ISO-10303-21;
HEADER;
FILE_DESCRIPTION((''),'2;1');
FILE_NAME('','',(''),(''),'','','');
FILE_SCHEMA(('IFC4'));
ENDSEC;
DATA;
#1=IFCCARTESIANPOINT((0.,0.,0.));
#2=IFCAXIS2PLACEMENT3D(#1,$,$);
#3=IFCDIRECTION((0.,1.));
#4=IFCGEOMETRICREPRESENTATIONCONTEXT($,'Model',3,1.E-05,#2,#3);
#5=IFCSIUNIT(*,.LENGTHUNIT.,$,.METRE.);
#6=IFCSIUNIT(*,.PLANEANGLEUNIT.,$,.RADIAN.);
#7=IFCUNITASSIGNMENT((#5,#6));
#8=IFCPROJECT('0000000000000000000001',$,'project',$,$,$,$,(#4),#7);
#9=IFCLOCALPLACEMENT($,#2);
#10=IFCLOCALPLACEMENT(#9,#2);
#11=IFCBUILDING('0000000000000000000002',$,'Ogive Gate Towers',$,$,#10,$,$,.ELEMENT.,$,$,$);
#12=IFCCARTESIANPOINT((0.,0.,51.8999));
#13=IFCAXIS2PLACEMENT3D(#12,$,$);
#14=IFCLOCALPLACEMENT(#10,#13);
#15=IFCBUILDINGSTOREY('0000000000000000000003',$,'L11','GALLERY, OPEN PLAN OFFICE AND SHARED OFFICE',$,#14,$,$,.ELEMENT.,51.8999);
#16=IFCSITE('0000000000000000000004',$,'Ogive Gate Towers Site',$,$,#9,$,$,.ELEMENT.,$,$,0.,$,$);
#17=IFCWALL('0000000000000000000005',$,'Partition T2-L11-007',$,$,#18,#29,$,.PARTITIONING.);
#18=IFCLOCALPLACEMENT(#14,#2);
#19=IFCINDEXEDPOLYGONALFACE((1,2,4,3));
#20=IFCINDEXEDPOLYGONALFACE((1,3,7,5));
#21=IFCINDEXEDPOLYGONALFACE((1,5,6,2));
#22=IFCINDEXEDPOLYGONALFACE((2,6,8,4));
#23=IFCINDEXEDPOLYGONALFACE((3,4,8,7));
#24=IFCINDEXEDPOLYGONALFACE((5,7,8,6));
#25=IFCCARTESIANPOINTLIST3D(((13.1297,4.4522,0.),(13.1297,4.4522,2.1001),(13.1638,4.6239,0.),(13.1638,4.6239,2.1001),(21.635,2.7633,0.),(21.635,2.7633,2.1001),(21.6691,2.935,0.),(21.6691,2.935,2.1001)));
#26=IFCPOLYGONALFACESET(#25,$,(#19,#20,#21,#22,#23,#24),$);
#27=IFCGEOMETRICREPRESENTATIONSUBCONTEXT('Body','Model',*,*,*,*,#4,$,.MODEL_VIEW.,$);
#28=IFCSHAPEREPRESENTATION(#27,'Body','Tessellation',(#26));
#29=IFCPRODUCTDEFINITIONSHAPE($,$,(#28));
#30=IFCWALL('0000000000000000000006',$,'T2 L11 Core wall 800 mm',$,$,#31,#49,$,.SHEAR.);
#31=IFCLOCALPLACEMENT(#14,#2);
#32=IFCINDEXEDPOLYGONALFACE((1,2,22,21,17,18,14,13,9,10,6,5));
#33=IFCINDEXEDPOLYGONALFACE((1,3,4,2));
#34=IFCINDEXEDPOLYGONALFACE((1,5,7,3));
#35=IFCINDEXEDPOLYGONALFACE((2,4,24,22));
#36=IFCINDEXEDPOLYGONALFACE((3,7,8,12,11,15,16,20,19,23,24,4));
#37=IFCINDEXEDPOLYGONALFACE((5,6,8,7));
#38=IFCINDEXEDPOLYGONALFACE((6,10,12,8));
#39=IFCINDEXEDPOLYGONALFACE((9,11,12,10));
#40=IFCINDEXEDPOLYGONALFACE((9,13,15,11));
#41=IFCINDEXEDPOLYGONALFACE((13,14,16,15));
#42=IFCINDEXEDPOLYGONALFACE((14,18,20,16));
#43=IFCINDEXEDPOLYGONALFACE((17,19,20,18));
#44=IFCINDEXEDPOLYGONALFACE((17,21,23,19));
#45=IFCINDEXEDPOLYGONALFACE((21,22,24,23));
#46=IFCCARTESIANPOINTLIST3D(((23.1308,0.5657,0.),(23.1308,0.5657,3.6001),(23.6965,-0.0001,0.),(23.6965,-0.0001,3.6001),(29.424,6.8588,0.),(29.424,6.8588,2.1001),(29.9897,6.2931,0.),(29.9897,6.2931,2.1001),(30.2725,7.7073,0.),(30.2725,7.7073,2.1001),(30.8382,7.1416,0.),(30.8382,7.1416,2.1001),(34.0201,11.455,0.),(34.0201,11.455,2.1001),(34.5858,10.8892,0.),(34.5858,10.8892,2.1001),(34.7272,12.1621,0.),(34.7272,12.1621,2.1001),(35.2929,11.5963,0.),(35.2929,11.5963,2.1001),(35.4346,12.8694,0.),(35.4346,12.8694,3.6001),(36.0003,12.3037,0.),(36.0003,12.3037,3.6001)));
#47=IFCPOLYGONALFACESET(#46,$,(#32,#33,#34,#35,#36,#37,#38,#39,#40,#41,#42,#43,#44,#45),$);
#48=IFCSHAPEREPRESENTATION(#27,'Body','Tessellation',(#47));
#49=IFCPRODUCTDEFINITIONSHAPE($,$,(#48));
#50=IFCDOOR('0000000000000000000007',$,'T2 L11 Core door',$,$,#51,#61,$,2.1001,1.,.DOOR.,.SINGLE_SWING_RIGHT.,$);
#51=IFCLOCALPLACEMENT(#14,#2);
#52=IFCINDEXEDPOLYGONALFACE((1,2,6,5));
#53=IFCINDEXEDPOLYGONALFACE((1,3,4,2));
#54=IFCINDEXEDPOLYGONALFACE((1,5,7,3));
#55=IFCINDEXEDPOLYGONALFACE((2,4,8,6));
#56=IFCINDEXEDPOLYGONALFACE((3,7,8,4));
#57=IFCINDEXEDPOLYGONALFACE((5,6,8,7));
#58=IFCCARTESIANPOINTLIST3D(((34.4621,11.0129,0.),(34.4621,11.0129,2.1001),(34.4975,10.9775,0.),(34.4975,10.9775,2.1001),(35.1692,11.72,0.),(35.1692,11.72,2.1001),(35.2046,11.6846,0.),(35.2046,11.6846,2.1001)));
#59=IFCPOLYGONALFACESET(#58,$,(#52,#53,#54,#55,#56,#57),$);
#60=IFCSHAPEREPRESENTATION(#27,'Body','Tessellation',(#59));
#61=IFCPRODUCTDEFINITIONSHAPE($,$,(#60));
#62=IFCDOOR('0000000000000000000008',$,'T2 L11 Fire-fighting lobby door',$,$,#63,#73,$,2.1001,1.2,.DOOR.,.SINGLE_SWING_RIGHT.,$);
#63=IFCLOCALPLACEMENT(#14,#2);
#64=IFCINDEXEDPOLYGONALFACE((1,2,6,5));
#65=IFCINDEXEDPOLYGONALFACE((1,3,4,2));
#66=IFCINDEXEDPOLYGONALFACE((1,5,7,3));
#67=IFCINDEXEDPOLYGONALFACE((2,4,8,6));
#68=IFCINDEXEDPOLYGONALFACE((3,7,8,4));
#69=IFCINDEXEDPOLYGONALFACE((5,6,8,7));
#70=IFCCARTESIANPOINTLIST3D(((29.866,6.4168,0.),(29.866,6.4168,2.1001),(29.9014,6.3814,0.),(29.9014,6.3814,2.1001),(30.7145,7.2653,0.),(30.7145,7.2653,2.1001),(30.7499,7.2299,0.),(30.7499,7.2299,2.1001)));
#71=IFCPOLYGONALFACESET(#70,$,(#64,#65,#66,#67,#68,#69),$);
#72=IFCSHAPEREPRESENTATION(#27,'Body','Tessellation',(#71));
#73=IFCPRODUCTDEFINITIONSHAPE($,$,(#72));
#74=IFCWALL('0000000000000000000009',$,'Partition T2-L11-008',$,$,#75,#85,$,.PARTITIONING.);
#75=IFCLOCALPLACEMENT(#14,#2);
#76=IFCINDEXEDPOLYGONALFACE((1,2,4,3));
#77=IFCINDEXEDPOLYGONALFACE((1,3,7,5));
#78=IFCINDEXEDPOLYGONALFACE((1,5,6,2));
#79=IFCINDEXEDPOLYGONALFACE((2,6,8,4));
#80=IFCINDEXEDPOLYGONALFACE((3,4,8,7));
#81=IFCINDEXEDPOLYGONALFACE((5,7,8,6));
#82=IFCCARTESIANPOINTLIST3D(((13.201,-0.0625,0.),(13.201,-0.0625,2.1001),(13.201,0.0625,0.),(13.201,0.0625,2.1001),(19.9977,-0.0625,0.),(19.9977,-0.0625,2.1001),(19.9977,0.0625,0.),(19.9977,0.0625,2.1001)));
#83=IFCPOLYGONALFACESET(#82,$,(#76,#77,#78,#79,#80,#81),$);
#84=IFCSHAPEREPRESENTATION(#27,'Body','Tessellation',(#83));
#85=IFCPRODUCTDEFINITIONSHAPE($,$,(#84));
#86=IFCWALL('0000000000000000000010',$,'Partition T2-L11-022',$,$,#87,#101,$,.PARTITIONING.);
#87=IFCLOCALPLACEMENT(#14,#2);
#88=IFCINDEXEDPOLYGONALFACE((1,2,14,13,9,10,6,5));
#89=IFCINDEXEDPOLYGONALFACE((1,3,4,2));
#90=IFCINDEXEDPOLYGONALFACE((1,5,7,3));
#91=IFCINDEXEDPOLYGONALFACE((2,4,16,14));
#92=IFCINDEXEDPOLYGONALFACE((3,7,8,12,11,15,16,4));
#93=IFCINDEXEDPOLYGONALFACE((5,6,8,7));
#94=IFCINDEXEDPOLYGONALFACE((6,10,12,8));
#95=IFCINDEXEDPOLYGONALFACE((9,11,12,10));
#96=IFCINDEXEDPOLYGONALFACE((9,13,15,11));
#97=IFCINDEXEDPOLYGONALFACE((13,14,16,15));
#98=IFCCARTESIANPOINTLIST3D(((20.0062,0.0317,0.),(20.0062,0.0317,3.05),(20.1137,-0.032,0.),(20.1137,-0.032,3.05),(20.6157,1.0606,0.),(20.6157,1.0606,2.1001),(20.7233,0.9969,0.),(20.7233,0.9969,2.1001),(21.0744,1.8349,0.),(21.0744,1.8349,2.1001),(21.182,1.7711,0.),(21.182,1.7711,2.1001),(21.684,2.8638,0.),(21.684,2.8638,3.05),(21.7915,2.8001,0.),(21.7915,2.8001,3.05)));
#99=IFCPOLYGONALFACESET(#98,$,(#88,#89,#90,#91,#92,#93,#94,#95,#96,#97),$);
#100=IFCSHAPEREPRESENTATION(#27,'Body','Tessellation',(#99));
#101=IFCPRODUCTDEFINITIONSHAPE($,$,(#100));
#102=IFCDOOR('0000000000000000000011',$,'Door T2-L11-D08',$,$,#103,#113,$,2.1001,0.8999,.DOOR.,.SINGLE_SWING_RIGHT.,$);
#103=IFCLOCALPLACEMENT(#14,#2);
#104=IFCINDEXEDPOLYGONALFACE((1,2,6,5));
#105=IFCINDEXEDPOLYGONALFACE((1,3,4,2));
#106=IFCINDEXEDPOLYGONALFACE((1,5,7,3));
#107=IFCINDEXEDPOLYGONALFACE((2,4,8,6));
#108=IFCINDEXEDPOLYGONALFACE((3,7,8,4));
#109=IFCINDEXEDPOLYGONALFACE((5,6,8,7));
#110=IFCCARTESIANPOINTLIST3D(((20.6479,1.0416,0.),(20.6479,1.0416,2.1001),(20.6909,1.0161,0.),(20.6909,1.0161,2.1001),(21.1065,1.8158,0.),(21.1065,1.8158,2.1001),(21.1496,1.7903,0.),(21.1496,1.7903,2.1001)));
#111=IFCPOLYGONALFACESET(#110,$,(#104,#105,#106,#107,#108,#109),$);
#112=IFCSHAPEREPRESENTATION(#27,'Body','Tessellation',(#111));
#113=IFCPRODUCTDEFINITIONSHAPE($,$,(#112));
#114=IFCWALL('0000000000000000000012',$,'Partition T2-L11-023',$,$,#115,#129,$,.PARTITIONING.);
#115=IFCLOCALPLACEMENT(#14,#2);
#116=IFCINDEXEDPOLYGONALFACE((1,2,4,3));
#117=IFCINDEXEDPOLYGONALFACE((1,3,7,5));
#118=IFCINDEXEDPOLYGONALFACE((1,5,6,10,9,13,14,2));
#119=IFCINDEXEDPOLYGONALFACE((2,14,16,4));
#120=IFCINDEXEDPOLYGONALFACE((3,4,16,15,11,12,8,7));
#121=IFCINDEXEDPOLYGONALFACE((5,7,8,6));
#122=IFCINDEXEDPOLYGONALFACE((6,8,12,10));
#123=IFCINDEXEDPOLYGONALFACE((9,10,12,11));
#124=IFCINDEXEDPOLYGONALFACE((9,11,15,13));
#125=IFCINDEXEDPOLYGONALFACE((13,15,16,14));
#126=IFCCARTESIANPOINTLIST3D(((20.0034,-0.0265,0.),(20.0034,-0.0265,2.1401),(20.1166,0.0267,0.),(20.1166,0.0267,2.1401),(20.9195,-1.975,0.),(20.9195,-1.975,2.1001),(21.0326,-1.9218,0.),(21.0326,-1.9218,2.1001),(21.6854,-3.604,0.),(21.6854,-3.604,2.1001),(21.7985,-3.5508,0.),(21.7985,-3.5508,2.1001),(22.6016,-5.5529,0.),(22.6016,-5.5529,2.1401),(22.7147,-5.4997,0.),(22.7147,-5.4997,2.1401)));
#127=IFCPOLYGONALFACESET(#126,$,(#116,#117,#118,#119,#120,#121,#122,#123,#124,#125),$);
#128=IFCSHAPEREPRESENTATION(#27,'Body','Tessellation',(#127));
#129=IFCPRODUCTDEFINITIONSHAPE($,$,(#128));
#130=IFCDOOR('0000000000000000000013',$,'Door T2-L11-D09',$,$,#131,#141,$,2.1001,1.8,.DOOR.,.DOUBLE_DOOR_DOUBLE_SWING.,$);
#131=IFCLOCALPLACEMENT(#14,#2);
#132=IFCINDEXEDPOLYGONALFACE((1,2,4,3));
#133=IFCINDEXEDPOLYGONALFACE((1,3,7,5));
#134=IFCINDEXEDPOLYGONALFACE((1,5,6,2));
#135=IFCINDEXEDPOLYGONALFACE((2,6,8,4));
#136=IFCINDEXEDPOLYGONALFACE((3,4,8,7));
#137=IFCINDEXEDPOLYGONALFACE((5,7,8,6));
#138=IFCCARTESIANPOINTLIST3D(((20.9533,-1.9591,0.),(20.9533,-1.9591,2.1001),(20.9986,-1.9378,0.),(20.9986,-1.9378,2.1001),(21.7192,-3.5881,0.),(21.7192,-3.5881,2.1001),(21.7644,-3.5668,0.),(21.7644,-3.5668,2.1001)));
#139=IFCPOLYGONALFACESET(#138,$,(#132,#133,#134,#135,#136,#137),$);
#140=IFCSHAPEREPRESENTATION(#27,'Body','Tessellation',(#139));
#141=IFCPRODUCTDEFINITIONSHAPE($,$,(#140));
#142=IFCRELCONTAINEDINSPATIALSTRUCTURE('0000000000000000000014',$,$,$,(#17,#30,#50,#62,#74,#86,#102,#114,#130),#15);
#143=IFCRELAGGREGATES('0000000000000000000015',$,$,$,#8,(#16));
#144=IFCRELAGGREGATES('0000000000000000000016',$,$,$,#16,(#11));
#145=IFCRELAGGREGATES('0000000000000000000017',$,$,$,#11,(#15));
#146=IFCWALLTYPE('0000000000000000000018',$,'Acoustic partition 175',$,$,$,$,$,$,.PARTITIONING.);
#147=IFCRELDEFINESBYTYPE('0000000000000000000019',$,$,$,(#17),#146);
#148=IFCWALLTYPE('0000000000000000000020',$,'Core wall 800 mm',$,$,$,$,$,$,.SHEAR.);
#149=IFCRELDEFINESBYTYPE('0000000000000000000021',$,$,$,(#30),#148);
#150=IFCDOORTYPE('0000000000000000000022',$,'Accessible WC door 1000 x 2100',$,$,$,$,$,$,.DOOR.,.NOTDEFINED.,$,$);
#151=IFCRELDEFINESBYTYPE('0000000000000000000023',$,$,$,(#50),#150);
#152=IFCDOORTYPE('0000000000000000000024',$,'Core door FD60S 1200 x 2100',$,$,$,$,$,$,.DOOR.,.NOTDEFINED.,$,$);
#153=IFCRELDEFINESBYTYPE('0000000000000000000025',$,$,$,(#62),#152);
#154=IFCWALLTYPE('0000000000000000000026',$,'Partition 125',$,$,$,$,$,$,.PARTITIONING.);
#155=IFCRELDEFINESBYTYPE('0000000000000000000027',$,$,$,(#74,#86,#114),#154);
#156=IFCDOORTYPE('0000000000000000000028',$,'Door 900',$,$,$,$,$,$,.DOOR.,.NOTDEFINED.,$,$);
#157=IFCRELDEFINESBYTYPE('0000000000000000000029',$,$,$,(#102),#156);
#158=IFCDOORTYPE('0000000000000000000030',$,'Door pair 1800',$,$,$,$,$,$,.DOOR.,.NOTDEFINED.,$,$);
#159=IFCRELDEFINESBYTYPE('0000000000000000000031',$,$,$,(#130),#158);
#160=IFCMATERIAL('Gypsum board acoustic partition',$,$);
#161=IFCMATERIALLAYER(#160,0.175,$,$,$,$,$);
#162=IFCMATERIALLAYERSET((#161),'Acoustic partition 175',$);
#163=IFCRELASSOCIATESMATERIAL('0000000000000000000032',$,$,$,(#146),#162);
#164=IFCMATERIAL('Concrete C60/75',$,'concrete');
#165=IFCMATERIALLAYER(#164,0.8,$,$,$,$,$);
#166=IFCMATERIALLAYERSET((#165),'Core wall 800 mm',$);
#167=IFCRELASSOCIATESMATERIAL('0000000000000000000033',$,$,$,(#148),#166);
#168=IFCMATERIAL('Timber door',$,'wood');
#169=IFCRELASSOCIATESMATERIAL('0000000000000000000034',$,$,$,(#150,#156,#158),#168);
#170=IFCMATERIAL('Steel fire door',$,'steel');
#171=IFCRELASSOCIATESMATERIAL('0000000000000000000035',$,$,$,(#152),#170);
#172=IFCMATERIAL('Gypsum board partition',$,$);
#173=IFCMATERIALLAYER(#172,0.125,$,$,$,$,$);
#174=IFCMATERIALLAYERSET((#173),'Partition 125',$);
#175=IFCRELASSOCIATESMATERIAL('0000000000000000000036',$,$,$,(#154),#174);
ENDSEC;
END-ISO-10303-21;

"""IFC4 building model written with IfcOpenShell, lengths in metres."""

from ifc_helpers import new_model, si_unit, direction, frame, frame_2d, origin, place, context, subcontext, project, spatial, rectangle, extrude, material, layer, layer_set, type_object, element, fill, save


model = new_model("IFC4")

# Units and contexts
model_context = context("Model", 3, precision=1e-05, world=origin(), true_north=direction((0.0, 1.0)))
body_context = subcontext(model_context, "Body", "Model", "MODEL_VIEW")
ifc_project = project(units=[si_unit("LENGTHUNIT", "METRE"), si_unit("PLANEANGLEUNIT", "RADIAN")], contexts=[model_context])

# Site, building, storey
site_placement = place(None, origin())
site = spatial("IfcSite", under=ifc_project, at=site_placement, Name="Ogive Gate Towers Site", CompositionType="ELEMENT", RefElevation=0.0)
building_placement = place(site_placement, origin())
building = spatial("IfcBuilding", under=site, at=building_placement, Name="Ogive Gate Towers", CompositionType="ELEMENT")
storey_placement = place(building_placement, frame((0.0, 0.0, 51.8999)))
storey = spatial("IfcBuildingStorey", under=building, at=storey_placement, Name="L11", Description="GALLERY, OPEN PLAN OFFICE AND SHARED OFFICE", CompositionType="ELEMENT", Elevation=51.8999)

# Wall
ifc_material_1 = material(Name="Gypsum board acoustic partition")
ifc_layer_1 = layer(ifc_material_1, 0.175)
ifc_layer_set_1 = layer_set([ifc_layer_1], Name="Acoustic partition 175")
wall_type_1 = type_object("IfcWallType", Name="Acoustic partition 175", PredefinedType="PARTITIONING", material=ifc_layer_set_1)
wall_1_placement = place(storey_placement, frame((13.1467, 4.5381, 0.0), z_axis=(0.0, 0.0, 1.0), x_axis=(0.980848, -0.194773, 0.0)))
element("IfcWall", 1, at=wall_1_placement, inside=storey, type_object=wall_type_1, Name="Partition T2-L11-007", PredefinedType="PARTITIONING", context=body_context, shape_type="SweptSolid", body=[
    extrude(rectangle(XDim=8.6714, YDim=0.175, at=frame_2d((4.3357, 0.0))), origin(), (0.0, 0.0, 1.0), 2.1001),
])

# Wall, openings, doors
ifc_material_2 = material(Name="Concrete C60/75", Category="concrete")
ifc_layer_2 = layer(ifc_material_2, 0.8)
ifc_layer_set_2 = layer_set([ifc_layer_2], Name="Core wall 800 mm")
wall_type_2 = type_object("IfcWallType", Name="Core wall 800 mm", PredefinedType="SHEAR", material=ifc_layer_set_2)
wall_2_placement = place(storey_placement, frame((23.4136, 0.2827, 0.0), z_axis=(0.0, 0.0, 1.0), x_axis=(0.707107, 0.707107, 0.0)))
wall_2 = element("IfcWall", 2, at=wall_2_placement, inside=storey, type_object=wall_type_2, Name="T2 L11 Core wall 800 mm", PredefinedType="SHEAR", context=body_context, shape_type="SweptSolid", body=[
    extrude(rectangle(XDim=17.4001, YDim=0.8, at=frame_2d((8.7002, 0.0))), origin(), (0.0, 0.0, 1.0), 3.6001),
])
opening_1_placement = place(wall_2_placement, frame((8.8999, 0.0, 0.0)))
opening_1 = element("IfcOpeningElement", 3, at=opening_1_placement, cuts=wall_2, PredefinedType="OPENING", context=body_context, shape_type="SweptSolid", body=[
    extrude(rectangle(XDim=1.2, YDim=2.1001, at=frame_2d((0.6001, 1.05))), frame((0.0, 0.4102, 0.0), z_axis=(0.0, -1.0, 0.0), x_axis=(1.0, 0.0, 0.0)), (0.0, 0.0, 1.0), 0.8201),
])
opening_2_placement = place(wall_2_placement, frame((15.3999, 0.0, 0.0)))
opening_2 = element("IfcOpeningElement", 4, at=opening_2_placement, cuts=wall_2, PredefinedType="OPENING", context=body_context, shape_type="SweptSolid", body=[
    extrude(rectangle(XDim=1.0, YDim=2.1001, at=frame_2d((0.5, 1.05))), frame((0.0, 0.4102, 0.0), z_axis=(0.0, -1.0, 0.0), x_axis=(1.0, 0.0, 0.0)), (0.0, 0.0, 1.0), 0.8201),
])
ifc_material_3 = material(Name="Timber door", Category="wood")
door_type_1 = type_object("IfcDoorType", Name="Accessible WC door 1000 x 2100", OperationType="NOTDEFINED", PredefinedType="DOOR", material=ifc_material_3)
door_1_placement = place(opening_2_placement, origin())
door_1 = element("IfcDoor", 5, at=door_1_placement, inside=storey, type_object=door_type_1, Name="T2 L11 Core door", OperationType="SINGLE_SWING_RIGHT", OverallHeight=2.1001, OverallWidth=1.0, PredefinedType="DOOR", context=body_context, shape_type="SweptSolid", body=[
    extrude(rectangle(XDim=1.0, YDim=2.1001, at=frame_2d((0.5, 1.05))), frame((0.0, -0.2251, 0.0), z_axis=(0.0, -1.0, 0.0), x_axis=(1.0, 0.0, 0.0)), (0.0, 0.0, 1.0), 0.05),
])
fill(opening_2, door_1)
ifc_material_4 = material(Name="Steel fire door", Category="steel")
door_type_2 = type_object("IfcDoorType", Name="Core door FD60S 1200 x 2100", OperationType="NOTDEFINED", PredefinedType="DOOR", material=ifc_material_4)
door_2_placement = place(opening_1_placement, origin())
door_2 = element("IfcDoor", 6, at=door_2_placement, inside=storey, type_object=door_type_2, Name="T2 L11 Fire-fighting lobby door", OperationType="SINGLE_SWING_RIGHT", OverallHeight=2.1001, OverallWidth=1.2, PredefinedType="DOOR", context=body_context, shape_type="SweptSolid", body=[
    extrude(rectangle(XDim=1.2, YDim=2.1001, at=frame_2d((0.6001, 1.05))), frame((0.0, -0.2251, 0.0), z_axis=(0.0, -1.0, 0.0), x_axis=(1.0, 0.0, 0.0)), (0.0, 0.0, 1.0), 0.05),
])
fill(opening_1, door_2)

# Wall
ifc_material_5 = material(Name="Gypsum board partition")
ifc_layer_3 = layer(ifc_material_5, 0.125)
ifc_layer_set_3 = layer_set([ifc_layer_3], Name="Partition 125")
wall_type_3 = type_object("IfcWallType", Name="Partition 125", PredefinedType="PARTITIONING", material=ifc_layer_set_3)
wall_3_placement = place(storey_placement, frame((13.2009, 0.0, 0.0), z_axis=(0.0, 0.0, 1.0), x_axis=(1.0, 0.0, 0.0)))
element("IfcWall", 7, at=wall_3_placement, inside=storey, type_object=wall_type_3, Name="Partition T2-L11-008", PredefinedType="PARTITIONING", context=body_context, shape_type="SweptSolid", body=[
    extrude(rectangle(XDim=6.7966, YDim=0.125, at=frame_2d((3.3984, 0.0))), origin(), (0.0, 0.0, 1.0), 2.1001),
])

# Walls, openings, doors
wall_4_placement = place(storey_placement, frame((21.7378, 2.832, 0.0), z_axis=(0.0, 0.0, 1.0), x_axis=(-0.509689, -0.860359, 0.0)))
wall_4 = element("IfcWall", 8, at=wall_4_placement, inside=storey, type_object=wall_type_3, Name="Partition T2-L11-022", PredefinedType="PARTITIONING", context=body_context, shape_type="SweptSolid", body=[
    extrude(rectangle(XDim=3.2917, YDim=0.125, at=frame_2d((1.646, 0.0))), origin(), (0.0, 0.0, 1.0), 3.05),
])
opening_3_placement = place(wall_4_placement, frame((1.196, 0.0, 0.0)))
opening_3 = element("IfcOpeningElement", 9, at=opening_3_placement, cuts=wall_4, PredefinedType="OPENING", context=body_context, shape_type="SweptSolid", body=[
    extrude(rectangle(XDim=0.8999, YDim=2.1001, at=frame_2d((0.45, 1.05))), frame((0.0, 0.0725, 0.0), z_axis=(0.0, -1.0, 0.0), x_axis=(1.0, 0.0, 0.0)), (0.0, 0.0, 1.0), 0.145),
])
door_type_3 = type_object("IfcDoorType", Name="Door 900", OperationType="NOTDEFINED", PredefinedType="DOOR", material=ifc_material_3)
door_3_placement = place(opening_3_placement, origin())
door_3 = element("IfcDoor", 10, at=door_3_placement, inside=storey, type_object=door_type_3, Name="Door T2-L11-D08", OperationType="SINGLE_SWING_RIGHT", OverallHeight=2.1001, OverallWidth=0.8999, PredefinedType="DOOR", context=body_context, shape_type="SweptSolid", body=[
    extrude(rectangle(XDim=0.8999, YDim=2.1001, at=frame_2d((0.45, 1.05))), frame((0.0, 0.0249, 0.0), z_axis=(0.0, -1.0, 0.0), x_axis=(1.0, 0.0, 0.0)), (0.0, 0.0, 1.0), 0.05),
])
fill(opening_3, door_3)
wall_5_placement = place(storey_placement, frame((20.0601, 0.0, 0.0), z_axis=(0.0, 0.0, 1.0), x_axis=(0.425462, -0.904976, 0.0)))
wall_5 = element("IfcWall", 11, at=wall_5_placement, inside=storey, type_object=wall_type_3, Name="Partition T2-L11-023", PredefinedType="PARTITIONING", context=body_context, shape_type="SweptSolid", body=[
    extrude(rectangle(XDim=6.1067, YDim=0.125, at=frame_2d((3.0532, 0.0))), origin(), (0.0, 0.0, 1.0), 2.1401),
])
opening_4_placement = place(wall_5_placement, frame((2.1531, 0.0, 0.0)))
opening_4 = element("IfcOpeningElement", 12, at=opening_4_placement, cuts=wall_5, PredefinedType="OPENING", context=body_context, shape_type="SweptSolid", body=[
    extrude(rectangle(XDim=1.8, YDim=2.1001, at=frame_2d((0.8999, 1.05))), frame((0.0, 0.0725, 0.0), z_axis=(0.0, -1.0, 0.0), x_axis=(1.0, 0.0, 0.0)), (0.0, 0.0, 1.0), 0.145),
])
door_type_4 = type_object("IfcDoorType", Name="Door pair 1800", OperationType="NOTDEFINED", PredefinedType="DOOR", material=ifc_material_3)
door_4_placement = place(opening_4_placement, origin())
door_4 = element("IfcDoor", 13, at=door_4_placement, inside=storey, type_object=door_type_4, Name="Door T2-L11-D09", OperationType="DOUBLE_DOOR_DOUBLE_SWING", OverallHeight=2.1001, OverallWidth=1.8, PredefinedType="DOOR", context=body_context, shape_type="SweptSolid", body=[
    extrude(rectangle(XDim=1.8, YDim=2.1001, at=frame_2d((0.8999, 1.05))), frame((0.0, 0.0249, 0.0), z_axis=(0.0, -1.0, 0.0), x_axis=(1.0, 0.0, 0.0)), (0.0, 0.0, 1.0), 0.05),
])
fill(opening_4, door_4)

save(model, "model.ifc")
